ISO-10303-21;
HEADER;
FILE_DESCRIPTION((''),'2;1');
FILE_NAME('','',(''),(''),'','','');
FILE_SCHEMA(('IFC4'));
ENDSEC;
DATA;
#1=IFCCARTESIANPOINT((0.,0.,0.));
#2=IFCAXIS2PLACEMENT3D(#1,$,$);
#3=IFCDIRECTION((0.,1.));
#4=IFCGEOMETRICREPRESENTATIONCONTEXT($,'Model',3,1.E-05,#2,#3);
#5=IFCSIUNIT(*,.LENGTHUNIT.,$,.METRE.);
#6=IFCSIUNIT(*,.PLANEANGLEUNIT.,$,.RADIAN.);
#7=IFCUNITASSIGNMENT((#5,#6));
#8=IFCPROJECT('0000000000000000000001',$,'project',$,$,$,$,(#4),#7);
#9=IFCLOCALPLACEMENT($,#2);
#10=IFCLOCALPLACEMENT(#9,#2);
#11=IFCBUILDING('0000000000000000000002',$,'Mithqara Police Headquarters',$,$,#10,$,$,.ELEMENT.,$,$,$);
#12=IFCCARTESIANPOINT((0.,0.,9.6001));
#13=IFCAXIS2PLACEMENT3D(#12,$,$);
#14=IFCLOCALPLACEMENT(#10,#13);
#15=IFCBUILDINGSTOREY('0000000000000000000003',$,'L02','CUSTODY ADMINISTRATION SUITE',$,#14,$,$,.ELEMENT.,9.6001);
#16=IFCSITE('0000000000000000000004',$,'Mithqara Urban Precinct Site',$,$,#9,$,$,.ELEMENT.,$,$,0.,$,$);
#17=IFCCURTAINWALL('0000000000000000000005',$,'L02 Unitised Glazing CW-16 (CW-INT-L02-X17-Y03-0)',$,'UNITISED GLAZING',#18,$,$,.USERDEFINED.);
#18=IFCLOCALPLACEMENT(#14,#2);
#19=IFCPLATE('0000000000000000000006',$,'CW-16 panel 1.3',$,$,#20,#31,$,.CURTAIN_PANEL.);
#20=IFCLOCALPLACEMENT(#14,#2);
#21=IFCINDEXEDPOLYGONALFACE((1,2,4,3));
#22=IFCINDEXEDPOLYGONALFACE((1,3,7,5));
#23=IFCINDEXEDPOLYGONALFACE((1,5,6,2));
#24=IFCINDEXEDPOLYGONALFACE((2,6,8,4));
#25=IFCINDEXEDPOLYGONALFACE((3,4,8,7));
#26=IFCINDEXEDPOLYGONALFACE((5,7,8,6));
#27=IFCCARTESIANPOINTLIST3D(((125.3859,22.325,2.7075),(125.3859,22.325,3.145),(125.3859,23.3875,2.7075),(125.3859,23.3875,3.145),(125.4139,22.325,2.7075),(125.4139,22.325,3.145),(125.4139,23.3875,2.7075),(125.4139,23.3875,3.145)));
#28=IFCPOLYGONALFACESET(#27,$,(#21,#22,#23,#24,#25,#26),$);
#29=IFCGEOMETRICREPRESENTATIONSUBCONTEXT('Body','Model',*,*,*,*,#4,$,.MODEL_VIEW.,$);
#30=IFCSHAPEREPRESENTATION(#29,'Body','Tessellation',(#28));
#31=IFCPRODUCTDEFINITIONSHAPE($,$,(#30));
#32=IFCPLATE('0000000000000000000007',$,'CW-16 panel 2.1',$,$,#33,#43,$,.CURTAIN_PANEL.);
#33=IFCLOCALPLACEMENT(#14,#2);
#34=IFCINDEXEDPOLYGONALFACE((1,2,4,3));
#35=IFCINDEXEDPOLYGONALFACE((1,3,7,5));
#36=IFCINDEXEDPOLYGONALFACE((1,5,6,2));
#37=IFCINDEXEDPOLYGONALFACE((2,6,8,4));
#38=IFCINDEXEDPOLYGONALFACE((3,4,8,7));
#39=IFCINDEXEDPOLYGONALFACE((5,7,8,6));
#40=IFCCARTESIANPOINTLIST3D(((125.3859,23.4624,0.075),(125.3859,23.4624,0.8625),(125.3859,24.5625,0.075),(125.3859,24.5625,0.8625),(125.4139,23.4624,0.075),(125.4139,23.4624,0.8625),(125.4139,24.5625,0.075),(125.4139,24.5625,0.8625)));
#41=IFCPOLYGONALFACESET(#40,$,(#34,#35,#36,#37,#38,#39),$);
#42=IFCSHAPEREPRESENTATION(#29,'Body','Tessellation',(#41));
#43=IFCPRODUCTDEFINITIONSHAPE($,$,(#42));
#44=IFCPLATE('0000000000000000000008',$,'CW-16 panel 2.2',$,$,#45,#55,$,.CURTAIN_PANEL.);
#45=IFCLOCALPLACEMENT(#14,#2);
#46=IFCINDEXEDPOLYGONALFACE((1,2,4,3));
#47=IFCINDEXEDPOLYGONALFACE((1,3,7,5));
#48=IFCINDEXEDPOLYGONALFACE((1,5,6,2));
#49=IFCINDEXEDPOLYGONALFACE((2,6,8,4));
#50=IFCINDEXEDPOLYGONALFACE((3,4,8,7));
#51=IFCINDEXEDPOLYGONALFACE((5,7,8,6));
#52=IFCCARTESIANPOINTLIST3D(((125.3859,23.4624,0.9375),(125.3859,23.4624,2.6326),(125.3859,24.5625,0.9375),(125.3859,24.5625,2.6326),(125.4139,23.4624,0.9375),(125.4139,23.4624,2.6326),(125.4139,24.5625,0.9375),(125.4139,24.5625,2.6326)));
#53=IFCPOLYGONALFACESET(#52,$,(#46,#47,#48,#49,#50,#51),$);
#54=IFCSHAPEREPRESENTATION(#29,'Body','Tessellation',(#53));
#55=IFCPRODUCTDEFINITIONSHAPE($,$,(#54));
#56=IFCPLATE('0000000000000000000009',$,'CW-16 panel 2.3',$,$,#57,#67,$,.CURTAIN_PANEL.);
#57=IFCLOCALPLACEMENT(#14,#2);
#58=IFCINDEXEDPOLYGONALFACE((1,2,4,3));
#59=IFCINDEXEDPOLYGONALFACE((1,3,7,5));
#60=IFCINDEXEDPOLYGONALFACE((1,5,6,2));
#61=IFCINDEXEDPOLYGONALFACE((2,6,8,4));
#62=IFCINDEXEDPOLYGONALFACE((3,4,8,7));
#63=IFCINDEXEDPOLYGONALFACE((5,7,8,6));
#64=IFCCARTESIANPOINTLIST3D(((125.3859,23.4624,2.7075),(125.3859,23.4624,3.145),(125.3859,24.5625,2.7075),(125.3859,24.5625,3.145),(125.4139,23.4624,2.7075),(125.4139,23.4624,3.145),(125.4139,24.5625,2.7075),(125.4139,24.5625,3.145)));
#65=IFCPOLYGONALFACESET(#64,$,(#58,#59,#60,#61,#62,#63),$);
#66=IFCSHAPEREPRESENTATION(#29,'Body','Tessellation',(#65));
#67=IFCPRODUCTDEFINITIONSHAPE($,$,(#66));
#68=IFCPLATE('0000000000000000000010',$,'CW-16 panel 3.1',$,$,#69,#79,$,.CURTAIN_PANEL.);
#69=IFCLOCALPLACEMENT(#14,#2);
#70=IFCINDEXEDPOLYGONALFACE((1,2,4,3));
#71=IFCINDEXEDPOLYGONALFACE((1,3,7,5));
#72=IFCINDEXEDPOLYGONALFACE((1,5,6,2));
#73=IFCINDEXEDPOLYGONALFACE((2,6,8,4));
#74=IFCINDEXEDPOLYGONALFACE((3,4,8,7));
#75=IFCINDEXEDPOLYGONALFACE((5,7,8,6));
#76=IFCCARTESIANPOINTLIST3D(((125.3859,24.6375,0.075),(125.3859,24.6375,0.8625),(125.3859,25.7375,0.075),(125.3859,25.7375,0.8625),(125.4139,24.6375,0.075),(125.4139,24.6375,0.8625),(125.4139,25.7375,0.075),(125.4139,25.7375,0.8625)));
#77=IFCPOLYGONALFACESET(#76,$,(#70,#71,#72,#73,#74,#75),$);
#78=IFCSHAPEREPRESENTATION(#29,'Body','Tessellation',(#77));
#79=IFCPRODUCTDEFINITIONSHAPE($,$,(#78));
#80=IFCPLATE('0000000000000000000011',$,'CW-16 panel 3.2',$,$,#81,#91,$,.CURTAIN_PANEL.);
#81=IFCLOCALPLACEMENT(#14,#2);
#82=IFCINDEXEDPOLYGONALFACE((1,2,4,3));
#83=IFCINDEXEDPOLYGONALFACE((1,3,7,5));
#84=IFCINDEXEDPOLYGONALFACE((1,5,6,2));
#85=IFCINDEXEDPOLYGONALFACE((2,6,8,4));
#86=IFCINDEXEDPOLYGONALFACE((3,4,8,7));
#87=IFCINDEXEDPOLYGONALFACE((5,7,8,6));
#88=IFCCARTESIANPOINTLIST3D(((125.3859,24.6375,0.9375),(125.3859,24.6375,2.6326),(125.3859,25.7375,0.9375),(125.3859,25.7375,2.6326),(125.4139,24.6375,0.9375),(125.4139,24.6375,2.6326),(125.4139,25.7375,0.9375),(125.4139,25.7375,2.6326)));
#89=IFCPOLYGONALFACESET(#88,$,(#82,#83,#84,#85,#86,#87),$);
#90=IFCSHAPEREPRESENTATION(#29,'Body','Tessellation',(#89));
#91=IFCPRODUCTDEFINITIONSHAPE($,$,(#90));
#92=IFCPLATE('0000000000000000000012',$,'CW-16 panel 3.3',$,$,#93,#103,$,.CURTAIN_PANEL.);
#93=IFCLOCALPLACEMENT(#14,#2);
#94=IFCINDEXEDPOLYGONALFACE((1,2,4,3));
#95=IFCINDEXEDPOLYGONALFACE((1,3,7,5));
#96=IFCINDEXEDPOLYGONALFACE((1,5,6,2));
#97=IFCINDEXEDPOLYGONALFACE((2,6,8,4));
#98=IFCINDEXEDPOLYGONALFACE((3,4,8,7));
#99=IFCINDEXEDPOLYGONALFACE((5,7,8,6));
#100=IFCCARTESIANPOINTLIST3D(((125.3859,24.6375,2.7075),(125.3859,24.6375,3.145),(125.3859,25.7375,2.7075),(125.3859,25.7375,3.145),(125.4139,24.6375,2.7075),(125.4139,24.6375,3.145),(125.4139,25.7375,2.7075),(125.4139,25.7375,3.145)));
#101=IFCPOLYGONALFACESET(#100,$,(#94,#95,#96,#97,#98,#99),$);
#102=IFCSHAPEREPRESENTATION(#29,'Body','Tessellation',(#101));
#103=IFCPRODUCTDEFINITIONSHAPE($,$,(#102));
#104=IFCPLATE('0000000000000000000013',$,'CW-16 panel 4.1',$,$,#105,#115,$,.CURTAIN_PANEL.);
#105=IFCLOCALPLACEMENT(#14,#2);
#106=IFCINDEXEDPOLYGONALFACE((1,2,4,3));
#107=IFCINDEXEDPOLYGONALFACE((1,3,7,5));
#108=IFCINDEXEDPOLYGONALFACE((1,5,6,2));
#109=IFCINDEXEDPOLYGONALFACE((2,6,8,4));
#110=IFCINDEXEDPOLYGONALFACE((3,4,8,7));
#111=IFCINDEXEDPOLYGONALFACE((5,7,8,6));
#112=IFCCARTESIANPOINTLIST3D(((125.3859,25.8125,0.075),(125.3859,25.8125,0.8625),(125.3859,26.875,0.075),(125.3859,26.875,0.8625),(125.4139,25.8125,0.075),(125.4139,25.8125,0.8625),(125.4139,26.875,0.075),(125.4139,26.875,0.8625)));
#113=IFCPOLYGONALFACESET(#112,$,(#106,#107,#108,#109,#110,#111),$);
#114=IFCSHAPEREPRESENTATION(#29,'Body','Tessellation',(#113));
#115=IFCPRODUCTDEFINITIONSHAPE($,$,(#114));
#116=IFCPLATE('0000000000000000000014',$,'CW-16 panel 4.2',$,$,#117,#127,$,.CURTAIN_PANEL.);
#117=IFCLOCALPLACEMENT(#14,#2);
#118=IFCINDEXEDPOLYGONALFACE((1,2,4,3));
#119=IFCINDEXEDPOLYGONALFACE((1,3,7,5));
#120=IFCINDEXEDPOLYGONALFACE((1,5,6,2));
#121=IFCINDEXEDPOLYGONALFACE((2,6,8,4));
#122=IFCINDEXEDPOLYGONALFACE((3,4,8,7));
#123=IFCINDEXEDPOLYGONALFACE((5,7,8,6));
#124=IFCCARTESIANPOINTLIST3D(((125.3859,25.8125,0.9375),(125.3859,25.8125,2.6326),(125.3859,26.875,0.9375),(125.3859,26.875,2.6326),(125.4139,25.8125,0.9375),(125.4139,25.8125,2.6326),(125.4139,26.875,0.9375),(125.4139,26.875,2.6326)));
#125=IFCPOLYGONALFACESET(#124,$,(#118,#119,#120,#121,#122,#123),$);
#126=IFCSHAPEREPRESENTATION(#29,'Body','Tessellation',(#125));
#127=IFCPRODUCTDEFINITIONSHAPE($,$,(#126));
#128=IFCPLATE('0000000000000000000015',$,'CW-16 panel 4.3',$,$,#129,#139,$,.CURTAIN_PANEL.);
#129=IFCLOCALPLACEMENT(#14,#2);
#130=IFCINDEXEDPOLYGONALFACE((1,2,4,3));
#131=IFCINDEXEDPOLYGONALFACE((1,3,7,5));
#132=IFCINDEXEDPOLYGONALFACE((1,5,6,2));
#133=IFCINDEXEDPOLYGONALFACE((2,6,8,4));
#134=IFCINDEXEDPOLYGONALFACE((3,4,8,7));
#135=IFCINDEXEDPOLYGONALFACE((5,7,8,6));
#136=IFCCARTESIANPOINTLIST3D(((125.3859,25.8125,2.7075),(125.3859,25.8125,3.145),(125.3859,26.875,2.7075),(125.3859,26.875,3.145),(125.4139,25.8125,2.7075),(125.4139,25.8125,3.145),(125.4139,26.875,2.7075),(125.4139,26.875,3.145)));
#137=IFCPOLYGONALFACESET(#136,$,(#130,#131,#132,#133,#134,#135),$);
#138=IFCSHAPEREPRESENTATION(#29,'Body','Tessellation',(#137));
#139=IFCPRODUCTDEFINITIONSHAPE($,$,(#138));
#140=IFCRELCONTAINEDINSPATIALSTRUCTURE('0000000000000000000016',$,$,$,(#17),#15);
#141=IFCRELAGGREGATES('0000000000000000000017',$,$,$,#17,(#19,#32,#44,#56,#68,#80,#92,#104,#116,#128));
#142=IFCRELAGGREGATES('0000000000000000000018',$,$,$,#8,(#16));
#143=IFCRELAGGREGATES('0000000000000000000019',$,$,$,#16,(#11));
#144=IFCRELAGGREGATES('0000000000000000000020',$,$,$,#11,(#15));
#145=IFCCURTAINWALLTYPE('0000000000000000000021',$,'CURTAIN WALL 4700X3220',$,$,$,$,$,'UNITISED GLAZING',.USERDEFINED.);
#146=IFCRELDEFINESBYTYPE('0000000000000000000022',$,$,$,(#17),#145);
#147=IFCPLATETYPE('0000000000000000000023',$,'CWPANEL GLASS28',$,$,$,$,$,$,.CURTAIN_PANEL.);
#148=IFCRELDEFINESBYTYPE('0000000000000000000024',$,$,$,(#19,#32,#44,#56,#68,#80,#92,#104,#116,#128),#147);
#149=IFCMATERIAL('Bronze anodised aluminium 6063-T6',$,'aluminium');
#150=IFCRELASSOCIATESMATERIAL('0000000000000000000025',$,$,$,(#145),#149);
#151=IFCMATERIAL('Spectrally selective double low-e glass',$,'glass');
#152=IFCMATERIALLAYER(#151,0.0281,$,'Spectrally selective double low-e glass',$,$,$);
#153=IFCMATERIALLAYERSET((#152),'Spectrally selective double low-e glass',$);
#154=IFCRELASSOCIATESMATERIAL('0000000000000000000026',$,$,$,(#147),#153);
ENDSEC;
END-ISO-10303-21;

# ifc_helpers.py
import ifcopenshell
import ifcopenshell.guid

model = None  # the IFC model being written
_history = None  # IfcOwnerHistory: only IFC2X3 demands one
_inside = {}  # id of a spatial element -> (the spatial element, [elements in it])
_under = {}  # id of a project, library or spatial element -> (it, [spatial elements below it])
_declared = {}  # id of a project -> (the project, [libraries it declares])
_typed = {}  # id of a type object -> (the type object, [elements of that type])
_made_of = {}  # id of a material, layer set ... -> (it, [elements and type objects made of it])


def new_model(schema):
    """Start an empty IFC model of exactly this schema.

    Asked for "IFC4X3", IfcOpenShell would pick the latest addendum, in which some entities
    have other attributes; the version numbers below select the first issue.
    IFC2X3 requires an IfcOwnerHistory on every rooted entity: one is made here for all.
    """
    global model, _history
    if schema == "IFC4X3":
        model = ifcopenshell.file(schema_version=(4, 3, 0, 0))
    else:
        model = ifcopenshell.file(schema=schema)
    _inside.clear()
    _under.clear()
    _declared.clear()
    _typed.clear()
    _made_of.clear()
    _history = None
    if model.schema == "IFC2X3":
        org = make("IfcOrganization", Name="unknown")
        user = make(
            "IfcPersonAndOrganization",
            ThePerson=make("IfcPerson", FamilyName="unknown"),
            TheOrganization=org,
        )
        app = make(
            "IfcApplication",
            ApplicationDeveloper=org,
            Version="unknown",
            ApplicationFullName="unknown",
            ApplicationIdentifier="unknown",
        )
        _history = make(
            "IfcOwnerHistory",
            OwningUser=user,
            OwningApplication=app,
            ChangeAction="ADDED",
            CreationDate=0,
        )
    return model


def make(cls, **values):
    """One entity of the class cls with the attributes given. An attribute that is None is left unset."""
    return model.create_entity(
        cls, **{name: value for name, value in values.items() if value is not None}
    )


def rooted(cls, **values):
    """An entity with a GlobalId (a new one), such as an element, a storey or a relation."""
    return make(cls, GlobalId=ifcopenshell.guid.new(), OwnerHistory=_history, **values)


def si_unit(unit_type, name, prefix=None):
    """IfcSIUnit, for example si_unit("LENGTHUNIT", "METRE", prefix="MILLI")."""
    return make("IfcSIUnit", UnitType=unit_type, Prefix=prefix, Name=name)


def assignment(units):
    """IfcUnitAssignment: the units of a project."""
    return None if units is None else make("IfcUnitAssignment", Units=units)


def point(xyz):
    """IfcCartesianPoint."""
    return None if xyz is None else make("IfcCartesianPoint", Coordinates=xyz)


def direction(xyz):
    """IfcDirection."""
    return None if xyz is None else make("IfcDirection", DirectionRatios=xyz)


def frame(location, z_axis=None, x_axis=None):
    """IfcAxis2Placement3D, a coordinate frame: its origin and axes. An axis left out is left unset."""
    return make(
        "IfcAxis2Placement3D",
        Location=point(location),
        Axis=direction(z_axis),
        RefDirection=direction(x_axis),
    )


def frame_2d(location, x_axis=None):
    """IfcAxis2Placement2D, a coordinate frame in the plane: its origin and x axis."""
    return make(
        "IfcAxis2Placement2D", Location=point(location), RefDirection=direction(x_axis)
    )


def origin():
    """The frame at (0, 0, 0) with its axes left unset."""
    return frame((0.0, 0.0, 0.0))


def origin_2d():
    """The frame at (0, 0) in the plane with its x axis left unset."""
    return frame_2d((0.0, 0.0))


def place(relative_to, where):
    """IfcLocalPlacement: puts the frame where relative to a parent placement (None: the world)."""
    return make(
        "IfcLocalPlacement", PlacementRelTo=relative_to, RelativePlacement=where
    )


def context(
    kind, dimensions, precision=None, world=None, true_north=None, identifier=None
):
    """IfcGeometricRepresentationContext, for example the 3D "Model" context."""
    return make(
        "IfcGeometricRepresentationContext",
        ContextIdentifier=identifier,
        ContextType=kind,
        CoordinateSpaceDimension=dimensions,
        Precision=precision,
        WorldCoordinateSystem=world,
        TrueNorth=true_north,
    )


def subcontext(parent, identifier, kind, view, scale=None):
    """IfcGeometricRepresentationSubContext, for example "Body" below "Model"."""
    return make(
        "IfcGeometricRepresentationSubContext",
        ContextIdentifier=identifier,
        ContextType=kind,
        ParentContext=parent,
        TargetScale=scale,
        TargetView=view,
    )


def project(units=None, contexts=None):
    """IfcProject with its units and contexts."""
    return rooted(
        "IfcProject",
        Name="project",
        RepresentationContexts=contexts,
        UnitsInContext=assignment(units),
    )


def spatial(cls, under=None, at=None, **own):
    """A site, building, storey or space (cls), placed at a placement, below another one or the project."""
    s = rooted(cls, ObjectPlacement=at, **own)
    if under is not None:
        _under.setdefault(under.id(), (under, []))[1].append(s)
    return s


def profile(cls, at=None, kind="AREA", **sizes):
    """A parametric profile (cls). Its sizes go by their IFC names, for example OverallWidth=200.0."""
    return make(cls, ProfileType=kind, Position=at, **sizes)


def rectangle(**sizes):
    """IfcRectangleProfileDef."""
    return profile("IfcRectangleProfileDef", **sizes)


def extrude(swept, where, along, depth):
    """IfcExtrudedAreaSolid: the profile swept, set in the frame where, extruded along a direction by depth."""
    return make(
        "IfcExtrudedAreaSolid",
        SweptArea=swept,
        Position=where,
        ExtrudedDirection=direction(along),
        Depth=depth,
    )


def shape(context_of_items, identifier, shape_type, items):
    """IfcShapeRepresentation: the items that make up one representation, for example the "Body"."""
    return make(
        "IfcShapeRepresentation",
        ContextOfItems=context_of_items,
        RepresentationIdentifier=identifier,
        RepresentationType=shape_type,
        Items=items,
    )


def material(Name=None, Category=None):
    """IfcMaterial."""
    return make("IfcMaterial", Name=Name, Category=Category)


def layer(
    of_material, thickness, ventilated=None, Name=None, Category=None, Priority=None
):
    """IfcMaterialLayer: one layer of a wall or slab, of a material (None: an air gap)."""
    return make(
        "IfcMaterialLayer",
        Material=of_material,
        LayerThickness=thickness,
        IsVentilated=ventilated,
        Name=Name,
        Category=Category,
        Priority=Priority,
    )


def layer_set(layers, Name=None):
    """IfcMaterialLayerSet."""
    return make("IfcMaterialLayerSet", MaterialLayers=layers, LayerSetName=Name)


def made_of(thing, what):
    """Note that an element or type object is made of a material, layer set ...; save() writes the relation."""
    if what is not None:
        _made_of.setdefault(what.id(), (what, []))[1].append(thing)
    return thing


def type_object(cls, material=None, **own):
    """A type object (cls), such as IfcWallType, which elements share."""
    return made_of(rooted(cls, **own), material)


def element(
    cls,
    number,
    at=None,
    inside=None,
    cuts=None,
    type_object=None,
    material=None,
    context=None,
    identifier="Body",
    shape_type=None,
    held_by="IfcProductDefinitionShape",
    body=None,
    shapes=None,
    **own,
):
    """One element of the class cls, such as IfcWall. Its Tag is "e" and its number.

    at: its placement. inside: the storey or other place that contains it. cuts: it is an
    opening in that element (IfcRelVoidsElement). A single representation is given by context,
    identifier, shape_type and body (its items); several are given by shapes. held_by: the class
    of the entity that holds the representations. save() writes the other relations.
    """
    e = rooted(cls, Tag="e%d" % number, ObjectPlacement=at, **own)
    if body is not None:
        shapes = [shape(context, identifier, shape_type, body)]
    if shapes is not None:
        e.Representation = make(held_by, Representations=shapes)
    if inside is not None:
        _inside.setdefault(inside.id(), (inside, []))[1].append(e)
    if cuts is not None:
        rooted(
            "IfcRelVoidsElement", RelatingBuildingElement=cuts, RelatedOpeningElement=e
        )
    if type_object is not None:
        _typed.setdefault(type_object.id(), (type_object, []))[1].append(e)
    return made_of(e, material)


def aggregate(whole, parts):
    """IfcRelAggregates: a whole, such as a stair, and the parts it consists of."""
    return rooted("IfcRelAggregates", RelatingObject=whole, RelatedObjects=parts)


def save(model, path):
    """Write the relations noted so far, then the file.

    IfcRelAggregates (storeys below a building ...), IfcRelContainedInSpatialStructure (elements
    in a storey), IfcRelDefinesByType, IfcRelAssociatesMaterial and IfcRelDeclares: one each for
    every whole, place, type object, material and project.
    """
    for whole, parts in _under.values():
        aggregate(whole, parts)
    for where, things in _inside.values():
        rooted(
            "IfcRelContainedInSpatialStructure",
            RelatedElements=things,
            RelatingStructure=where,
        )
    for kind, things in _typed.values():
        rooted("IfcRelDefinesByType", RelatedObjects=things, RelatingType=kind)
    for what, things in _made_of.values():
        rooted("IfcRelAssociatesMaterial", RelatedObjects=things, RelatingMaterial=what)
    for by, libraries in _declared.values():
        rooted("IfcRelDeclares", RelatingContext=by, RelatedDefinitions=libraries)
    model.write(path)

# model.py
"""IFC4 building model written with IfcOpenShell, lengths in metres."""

from ifc_helpers import new_model, si_unit, direction, frame, origin, origin_2d, place, context, subcontext, project, spatial, rectangle, extrude, material, layer, layer_set, type_object, element, aggregate, save


model = new_model("IFC4")

# Units and contexts
model_context = context("Model", 3, precision=1e-05, world=origin(), true_north=direction((0.0, 1.0)))
body_context = subcontext(model_context, "Body", "Model", "MODEL_VIEW")
ifc_project = project(units=[si_unit("LENGTHUNIT", "METRE"), si_unit("PLANEANGLEUNIT", "RADIAN")], contexts=[model_context])

# Site, building, storey
site_placement = place(None, origin())
site = spatial("IfcSite", under=ifc_project, at=site_placement, Name="Mithqara Urban Precinct Site", CompositionType="ELEMENT", RefElevation=0.0)
building_placement = place(site_placement, origin())
building = spatial("IfcBuilding", under=site, at=building_placement, Name="Mithqara Police Headquarters", CompositionType="ELEMENT")
storey_placement = place(building_placement, frame((0.0, 0.0, 9.6001)))
storey = spatial("IfcBuildingStorey", under=building, at=storey_placement, Name="L02", Description="CUSTODY ADMINISTRATION SUITE", CompositionType="ELEMENT", Elevation=9.6001)

# Shared definitions
ifc_material_1 = material(Name="Bronze anodised aluminium 6063-T6", Category="aluminium")
curtain_wall_type = type_object("IfcCurtainWallType", Name="CURTAIN WALL 4700X3220", ElementType="UNITISED GLAZING", PredefinedType="USERDEFINED", material=ifc_material_1)

# Curtain wall
curtain_wall_1_placement = place(storey_placement, origin())
curtain_wall_1 = element("IfcCurtainWall", 1, at=curtain_wall_1_placement, inside=storey, type_object=curtain_wall_type, Name="L02 Unitised Glazing CW-16 (CW-INT-L02-X17-Y03-0)", ObjectType="UNITISED GLAZING", PredefinedType="USERDEFINED")

# Plates
ifc_material_2 = material(Name="Spectrally selective double low-e glass", Category="glass")
ifc_layer = layer(ifc_material_2, 0.0281, Name="Spectrally selective double low-e glass")
ifc_layer_set = layer_set([ifc_layer], Name="Spectrally selective double low-e glass")
plate_type = type_object("IfcPlateType", Name="CWPANEL GLASS28", PredefinedType="CURTAIN_PANEL", material=ifc_layer_set)
plate_1_placement = place(storey_placement, frame((125.3999, 22.8562, 2.7075), z_axis=(0.0, 0.0, 1.0), x_axis=(0.0, 1.0, 0.0)))
plate_1 = element("IfcPlate", 2, at=plate_1_placement, type_object=plate_type, Name="CW-16 panel 1.3", PredefinedType="CURTAIN_PANEL", context=body_context, shape_type="SweptSolid", body=[
    extrude(rectangle(XDim=1.0625, YDim=0.0281, at=origin_2d()), origin(), (0.0, 0.0, 1.0), 0.4375),
])
plate_2_placement = place(storey_placement, frame((125.3999, 24.0125, 0.075), z_axis=(0.0, 0.0, 1.0), x_axis=(0.0, 1.0, 0.0)))
plate_2 = element("IfcPlate", 3, at=plate_2_placement, type_object=plate_type, Name="CW-16 panel 2.1", PredefinedType="CURTAIN_PANEL", context=body_context, shape_type="SweptSolid", body=[
    extrude(rectangle(XDim=1.1001, YDim=0.0281, at=origin_2d()), origin(), (0.0, 0.0, 1.0), 0.7876),
])
plate_3_placement = place(storey_placement, frame((125.3999, 24.0125, 0.9375), z_axis=(0.0, 0.0, 1.0), x_axis=(0.0, 1.0, 0.0)))
plate_3 = element("IfcPlate", 4, at=plate_3_placement, type_object=plate_type, Name="CW-16 panel 2.2", PredefinedType="CURTAIN_PANEL", context=body_context, shape_type="SweptSolid", body=[
    extrude(rectangle(XDim=1.1001, YDim=0.0281, at=origin_2d()), origin(), (0.0, 0.0, 1.0), 1.6951),
])
plate_4_placement = place(storey_placement, frame((125.3999, 24.0125, 2.7075), z_axis=(0.0, 0.0, 1.0), x_axis=(0.0, 1.0, 0.0)))
plate_4 = element("IfcPlate", 5, at=plate_4_placement, type_object=plate_type, Name="CW-16 panel 2.3", PredefinedType="CURTAIN_PANEL", context=body_context, shape_type="SweptSolid", body=[
    extrude(rectangle(XDim=1.1001, YDim=0.0281, at=origin_2d()), origin(), (0.0, 0.0, 1.0), 0.4375),
])
plate_5_placement = place(storey_placement, frame((125.3999, 25.1875, 0.075), z_axis=(0.0, 0.0, 1.0), x_axis=(0.0, 1.0, 0.0)))
plate_5 = element("IfcPlate", 6, at=plate_5_placement, type_object=plate_type, Name="CW-16 panel 3.1", PredefinedType="CURTAIN_PANEL", context=body_context, shape_type="SweptSolid", body=[
    extrude(rectangle(XDim=1.1001, YDim=0.0281, at=origin_2d()), origin(), (0.0, 0.0, 1.0), 0.7876),
])
plate_6_placement = place(storey_placement, frame((125.3999, 25.1875, 0.9375), z_axis=(0.0, 0.0, 1.0), x_axis=(0.0, 1.0, 0.0)))
plate_6 = element("IfcPlate", 7, at=plate_6_placement, type_object=plate_type, Name="CW-16 panel 3.2", PredefinedType="CURTAIN_PANEL", context=body_context, shape_type="SweptSolid", body=[
    extrude(rectangle(XDim=1.1001, YDim=0.0281, at=origin_2d()), origin(), (0.0, 0.0, 1.0), 1.6951),
])
plate_7_placement = place(storey_placement, frame((125.3999, 25.1875, 2.7075), z_axis=(0.0, 0.0, 1.0), x_axis=(0.0, 1.0, 0.0)))
plate_7 = element("IfcPlate", 8, at=plate_7_placement, type_object=plate_type, Name="CW-16 panel 3.3", PredefinedType="CURTAIN_PANEL", context=body_context, shape_type="SweptSolid", body=[
    extrude(rectangle(XDim=1.1001, YDim=0.0281, at=origin_2d()), origin(), (0.0, 0.0, 1.0), 0.4375),
])
plate_8_placement = place(storey_placement, frame((125.3999, 26.3438, 0.075), z_axis=(0.0, 0.0, 1.0), x_axis=(0.0, 1.0, 0.0)))
plate_8 = element("IfcPlate", 9, at=plate_8_placement, type_object=plate_type, Name="CW-16 panel 4.1", PredefinedType="CURTAIN_PANEL", context=body_context, shape_type="SweptSolid", body=[
    extrude(rectangle(XDim=1.0625, YDim=0.0281, at=origin_2d()), origin(), (0.0, 0.0, 1.0), 0.7876),
])
plate_9_placement = place(storey_placement, frame((125.3999, 26.3438, 0.9375), z_axis=(0.0, 0.0, 1.0), x_axis=(0.0, 1.0, 0.0)))
plate_9 = element("IfcPlate", 10, at=plate_9_placement, type_object=plate_type, Name="CW-16 panel 4.2", PredefinedType="CURTAIN_PANEL", context=body_context, shape_type="SweptSolid", body=[
    extrude(rectangle(XDim=1.0625, YDim=0.0281, at=origin_2d()), origin(), (0.0, 0.0, 1.0), 1.6951),
])
plate_10_placement = place(storey_placement, frame((125.3999, 26.3438, 2.7075), z_axis=(0.0, 0.0, 1.0), x_axis=(0.0, 1.0, 0.0)))
plate_10 = element("IfcPlate", 11, at=plate_10_placement, type_object=plate_type, Name="CW-16 panel 4.3", PredefinedType="CURTAIN_PANEL", context=body_context, shape_type="SweptSolid", body=[
    extrude(rectangle(XDim=1.0625, YDim=0.0281, at=origin_2d()), origin(), (0.0, 0.0, 1.0), 0.4375),
])
aggregate(curtain_wall_1, [plate_1, plate_2, plate_3, plate_4, plate_5, plate_6, plate_7, plate_8, plate_9, plate_10])

save(model, "model.ifc")
